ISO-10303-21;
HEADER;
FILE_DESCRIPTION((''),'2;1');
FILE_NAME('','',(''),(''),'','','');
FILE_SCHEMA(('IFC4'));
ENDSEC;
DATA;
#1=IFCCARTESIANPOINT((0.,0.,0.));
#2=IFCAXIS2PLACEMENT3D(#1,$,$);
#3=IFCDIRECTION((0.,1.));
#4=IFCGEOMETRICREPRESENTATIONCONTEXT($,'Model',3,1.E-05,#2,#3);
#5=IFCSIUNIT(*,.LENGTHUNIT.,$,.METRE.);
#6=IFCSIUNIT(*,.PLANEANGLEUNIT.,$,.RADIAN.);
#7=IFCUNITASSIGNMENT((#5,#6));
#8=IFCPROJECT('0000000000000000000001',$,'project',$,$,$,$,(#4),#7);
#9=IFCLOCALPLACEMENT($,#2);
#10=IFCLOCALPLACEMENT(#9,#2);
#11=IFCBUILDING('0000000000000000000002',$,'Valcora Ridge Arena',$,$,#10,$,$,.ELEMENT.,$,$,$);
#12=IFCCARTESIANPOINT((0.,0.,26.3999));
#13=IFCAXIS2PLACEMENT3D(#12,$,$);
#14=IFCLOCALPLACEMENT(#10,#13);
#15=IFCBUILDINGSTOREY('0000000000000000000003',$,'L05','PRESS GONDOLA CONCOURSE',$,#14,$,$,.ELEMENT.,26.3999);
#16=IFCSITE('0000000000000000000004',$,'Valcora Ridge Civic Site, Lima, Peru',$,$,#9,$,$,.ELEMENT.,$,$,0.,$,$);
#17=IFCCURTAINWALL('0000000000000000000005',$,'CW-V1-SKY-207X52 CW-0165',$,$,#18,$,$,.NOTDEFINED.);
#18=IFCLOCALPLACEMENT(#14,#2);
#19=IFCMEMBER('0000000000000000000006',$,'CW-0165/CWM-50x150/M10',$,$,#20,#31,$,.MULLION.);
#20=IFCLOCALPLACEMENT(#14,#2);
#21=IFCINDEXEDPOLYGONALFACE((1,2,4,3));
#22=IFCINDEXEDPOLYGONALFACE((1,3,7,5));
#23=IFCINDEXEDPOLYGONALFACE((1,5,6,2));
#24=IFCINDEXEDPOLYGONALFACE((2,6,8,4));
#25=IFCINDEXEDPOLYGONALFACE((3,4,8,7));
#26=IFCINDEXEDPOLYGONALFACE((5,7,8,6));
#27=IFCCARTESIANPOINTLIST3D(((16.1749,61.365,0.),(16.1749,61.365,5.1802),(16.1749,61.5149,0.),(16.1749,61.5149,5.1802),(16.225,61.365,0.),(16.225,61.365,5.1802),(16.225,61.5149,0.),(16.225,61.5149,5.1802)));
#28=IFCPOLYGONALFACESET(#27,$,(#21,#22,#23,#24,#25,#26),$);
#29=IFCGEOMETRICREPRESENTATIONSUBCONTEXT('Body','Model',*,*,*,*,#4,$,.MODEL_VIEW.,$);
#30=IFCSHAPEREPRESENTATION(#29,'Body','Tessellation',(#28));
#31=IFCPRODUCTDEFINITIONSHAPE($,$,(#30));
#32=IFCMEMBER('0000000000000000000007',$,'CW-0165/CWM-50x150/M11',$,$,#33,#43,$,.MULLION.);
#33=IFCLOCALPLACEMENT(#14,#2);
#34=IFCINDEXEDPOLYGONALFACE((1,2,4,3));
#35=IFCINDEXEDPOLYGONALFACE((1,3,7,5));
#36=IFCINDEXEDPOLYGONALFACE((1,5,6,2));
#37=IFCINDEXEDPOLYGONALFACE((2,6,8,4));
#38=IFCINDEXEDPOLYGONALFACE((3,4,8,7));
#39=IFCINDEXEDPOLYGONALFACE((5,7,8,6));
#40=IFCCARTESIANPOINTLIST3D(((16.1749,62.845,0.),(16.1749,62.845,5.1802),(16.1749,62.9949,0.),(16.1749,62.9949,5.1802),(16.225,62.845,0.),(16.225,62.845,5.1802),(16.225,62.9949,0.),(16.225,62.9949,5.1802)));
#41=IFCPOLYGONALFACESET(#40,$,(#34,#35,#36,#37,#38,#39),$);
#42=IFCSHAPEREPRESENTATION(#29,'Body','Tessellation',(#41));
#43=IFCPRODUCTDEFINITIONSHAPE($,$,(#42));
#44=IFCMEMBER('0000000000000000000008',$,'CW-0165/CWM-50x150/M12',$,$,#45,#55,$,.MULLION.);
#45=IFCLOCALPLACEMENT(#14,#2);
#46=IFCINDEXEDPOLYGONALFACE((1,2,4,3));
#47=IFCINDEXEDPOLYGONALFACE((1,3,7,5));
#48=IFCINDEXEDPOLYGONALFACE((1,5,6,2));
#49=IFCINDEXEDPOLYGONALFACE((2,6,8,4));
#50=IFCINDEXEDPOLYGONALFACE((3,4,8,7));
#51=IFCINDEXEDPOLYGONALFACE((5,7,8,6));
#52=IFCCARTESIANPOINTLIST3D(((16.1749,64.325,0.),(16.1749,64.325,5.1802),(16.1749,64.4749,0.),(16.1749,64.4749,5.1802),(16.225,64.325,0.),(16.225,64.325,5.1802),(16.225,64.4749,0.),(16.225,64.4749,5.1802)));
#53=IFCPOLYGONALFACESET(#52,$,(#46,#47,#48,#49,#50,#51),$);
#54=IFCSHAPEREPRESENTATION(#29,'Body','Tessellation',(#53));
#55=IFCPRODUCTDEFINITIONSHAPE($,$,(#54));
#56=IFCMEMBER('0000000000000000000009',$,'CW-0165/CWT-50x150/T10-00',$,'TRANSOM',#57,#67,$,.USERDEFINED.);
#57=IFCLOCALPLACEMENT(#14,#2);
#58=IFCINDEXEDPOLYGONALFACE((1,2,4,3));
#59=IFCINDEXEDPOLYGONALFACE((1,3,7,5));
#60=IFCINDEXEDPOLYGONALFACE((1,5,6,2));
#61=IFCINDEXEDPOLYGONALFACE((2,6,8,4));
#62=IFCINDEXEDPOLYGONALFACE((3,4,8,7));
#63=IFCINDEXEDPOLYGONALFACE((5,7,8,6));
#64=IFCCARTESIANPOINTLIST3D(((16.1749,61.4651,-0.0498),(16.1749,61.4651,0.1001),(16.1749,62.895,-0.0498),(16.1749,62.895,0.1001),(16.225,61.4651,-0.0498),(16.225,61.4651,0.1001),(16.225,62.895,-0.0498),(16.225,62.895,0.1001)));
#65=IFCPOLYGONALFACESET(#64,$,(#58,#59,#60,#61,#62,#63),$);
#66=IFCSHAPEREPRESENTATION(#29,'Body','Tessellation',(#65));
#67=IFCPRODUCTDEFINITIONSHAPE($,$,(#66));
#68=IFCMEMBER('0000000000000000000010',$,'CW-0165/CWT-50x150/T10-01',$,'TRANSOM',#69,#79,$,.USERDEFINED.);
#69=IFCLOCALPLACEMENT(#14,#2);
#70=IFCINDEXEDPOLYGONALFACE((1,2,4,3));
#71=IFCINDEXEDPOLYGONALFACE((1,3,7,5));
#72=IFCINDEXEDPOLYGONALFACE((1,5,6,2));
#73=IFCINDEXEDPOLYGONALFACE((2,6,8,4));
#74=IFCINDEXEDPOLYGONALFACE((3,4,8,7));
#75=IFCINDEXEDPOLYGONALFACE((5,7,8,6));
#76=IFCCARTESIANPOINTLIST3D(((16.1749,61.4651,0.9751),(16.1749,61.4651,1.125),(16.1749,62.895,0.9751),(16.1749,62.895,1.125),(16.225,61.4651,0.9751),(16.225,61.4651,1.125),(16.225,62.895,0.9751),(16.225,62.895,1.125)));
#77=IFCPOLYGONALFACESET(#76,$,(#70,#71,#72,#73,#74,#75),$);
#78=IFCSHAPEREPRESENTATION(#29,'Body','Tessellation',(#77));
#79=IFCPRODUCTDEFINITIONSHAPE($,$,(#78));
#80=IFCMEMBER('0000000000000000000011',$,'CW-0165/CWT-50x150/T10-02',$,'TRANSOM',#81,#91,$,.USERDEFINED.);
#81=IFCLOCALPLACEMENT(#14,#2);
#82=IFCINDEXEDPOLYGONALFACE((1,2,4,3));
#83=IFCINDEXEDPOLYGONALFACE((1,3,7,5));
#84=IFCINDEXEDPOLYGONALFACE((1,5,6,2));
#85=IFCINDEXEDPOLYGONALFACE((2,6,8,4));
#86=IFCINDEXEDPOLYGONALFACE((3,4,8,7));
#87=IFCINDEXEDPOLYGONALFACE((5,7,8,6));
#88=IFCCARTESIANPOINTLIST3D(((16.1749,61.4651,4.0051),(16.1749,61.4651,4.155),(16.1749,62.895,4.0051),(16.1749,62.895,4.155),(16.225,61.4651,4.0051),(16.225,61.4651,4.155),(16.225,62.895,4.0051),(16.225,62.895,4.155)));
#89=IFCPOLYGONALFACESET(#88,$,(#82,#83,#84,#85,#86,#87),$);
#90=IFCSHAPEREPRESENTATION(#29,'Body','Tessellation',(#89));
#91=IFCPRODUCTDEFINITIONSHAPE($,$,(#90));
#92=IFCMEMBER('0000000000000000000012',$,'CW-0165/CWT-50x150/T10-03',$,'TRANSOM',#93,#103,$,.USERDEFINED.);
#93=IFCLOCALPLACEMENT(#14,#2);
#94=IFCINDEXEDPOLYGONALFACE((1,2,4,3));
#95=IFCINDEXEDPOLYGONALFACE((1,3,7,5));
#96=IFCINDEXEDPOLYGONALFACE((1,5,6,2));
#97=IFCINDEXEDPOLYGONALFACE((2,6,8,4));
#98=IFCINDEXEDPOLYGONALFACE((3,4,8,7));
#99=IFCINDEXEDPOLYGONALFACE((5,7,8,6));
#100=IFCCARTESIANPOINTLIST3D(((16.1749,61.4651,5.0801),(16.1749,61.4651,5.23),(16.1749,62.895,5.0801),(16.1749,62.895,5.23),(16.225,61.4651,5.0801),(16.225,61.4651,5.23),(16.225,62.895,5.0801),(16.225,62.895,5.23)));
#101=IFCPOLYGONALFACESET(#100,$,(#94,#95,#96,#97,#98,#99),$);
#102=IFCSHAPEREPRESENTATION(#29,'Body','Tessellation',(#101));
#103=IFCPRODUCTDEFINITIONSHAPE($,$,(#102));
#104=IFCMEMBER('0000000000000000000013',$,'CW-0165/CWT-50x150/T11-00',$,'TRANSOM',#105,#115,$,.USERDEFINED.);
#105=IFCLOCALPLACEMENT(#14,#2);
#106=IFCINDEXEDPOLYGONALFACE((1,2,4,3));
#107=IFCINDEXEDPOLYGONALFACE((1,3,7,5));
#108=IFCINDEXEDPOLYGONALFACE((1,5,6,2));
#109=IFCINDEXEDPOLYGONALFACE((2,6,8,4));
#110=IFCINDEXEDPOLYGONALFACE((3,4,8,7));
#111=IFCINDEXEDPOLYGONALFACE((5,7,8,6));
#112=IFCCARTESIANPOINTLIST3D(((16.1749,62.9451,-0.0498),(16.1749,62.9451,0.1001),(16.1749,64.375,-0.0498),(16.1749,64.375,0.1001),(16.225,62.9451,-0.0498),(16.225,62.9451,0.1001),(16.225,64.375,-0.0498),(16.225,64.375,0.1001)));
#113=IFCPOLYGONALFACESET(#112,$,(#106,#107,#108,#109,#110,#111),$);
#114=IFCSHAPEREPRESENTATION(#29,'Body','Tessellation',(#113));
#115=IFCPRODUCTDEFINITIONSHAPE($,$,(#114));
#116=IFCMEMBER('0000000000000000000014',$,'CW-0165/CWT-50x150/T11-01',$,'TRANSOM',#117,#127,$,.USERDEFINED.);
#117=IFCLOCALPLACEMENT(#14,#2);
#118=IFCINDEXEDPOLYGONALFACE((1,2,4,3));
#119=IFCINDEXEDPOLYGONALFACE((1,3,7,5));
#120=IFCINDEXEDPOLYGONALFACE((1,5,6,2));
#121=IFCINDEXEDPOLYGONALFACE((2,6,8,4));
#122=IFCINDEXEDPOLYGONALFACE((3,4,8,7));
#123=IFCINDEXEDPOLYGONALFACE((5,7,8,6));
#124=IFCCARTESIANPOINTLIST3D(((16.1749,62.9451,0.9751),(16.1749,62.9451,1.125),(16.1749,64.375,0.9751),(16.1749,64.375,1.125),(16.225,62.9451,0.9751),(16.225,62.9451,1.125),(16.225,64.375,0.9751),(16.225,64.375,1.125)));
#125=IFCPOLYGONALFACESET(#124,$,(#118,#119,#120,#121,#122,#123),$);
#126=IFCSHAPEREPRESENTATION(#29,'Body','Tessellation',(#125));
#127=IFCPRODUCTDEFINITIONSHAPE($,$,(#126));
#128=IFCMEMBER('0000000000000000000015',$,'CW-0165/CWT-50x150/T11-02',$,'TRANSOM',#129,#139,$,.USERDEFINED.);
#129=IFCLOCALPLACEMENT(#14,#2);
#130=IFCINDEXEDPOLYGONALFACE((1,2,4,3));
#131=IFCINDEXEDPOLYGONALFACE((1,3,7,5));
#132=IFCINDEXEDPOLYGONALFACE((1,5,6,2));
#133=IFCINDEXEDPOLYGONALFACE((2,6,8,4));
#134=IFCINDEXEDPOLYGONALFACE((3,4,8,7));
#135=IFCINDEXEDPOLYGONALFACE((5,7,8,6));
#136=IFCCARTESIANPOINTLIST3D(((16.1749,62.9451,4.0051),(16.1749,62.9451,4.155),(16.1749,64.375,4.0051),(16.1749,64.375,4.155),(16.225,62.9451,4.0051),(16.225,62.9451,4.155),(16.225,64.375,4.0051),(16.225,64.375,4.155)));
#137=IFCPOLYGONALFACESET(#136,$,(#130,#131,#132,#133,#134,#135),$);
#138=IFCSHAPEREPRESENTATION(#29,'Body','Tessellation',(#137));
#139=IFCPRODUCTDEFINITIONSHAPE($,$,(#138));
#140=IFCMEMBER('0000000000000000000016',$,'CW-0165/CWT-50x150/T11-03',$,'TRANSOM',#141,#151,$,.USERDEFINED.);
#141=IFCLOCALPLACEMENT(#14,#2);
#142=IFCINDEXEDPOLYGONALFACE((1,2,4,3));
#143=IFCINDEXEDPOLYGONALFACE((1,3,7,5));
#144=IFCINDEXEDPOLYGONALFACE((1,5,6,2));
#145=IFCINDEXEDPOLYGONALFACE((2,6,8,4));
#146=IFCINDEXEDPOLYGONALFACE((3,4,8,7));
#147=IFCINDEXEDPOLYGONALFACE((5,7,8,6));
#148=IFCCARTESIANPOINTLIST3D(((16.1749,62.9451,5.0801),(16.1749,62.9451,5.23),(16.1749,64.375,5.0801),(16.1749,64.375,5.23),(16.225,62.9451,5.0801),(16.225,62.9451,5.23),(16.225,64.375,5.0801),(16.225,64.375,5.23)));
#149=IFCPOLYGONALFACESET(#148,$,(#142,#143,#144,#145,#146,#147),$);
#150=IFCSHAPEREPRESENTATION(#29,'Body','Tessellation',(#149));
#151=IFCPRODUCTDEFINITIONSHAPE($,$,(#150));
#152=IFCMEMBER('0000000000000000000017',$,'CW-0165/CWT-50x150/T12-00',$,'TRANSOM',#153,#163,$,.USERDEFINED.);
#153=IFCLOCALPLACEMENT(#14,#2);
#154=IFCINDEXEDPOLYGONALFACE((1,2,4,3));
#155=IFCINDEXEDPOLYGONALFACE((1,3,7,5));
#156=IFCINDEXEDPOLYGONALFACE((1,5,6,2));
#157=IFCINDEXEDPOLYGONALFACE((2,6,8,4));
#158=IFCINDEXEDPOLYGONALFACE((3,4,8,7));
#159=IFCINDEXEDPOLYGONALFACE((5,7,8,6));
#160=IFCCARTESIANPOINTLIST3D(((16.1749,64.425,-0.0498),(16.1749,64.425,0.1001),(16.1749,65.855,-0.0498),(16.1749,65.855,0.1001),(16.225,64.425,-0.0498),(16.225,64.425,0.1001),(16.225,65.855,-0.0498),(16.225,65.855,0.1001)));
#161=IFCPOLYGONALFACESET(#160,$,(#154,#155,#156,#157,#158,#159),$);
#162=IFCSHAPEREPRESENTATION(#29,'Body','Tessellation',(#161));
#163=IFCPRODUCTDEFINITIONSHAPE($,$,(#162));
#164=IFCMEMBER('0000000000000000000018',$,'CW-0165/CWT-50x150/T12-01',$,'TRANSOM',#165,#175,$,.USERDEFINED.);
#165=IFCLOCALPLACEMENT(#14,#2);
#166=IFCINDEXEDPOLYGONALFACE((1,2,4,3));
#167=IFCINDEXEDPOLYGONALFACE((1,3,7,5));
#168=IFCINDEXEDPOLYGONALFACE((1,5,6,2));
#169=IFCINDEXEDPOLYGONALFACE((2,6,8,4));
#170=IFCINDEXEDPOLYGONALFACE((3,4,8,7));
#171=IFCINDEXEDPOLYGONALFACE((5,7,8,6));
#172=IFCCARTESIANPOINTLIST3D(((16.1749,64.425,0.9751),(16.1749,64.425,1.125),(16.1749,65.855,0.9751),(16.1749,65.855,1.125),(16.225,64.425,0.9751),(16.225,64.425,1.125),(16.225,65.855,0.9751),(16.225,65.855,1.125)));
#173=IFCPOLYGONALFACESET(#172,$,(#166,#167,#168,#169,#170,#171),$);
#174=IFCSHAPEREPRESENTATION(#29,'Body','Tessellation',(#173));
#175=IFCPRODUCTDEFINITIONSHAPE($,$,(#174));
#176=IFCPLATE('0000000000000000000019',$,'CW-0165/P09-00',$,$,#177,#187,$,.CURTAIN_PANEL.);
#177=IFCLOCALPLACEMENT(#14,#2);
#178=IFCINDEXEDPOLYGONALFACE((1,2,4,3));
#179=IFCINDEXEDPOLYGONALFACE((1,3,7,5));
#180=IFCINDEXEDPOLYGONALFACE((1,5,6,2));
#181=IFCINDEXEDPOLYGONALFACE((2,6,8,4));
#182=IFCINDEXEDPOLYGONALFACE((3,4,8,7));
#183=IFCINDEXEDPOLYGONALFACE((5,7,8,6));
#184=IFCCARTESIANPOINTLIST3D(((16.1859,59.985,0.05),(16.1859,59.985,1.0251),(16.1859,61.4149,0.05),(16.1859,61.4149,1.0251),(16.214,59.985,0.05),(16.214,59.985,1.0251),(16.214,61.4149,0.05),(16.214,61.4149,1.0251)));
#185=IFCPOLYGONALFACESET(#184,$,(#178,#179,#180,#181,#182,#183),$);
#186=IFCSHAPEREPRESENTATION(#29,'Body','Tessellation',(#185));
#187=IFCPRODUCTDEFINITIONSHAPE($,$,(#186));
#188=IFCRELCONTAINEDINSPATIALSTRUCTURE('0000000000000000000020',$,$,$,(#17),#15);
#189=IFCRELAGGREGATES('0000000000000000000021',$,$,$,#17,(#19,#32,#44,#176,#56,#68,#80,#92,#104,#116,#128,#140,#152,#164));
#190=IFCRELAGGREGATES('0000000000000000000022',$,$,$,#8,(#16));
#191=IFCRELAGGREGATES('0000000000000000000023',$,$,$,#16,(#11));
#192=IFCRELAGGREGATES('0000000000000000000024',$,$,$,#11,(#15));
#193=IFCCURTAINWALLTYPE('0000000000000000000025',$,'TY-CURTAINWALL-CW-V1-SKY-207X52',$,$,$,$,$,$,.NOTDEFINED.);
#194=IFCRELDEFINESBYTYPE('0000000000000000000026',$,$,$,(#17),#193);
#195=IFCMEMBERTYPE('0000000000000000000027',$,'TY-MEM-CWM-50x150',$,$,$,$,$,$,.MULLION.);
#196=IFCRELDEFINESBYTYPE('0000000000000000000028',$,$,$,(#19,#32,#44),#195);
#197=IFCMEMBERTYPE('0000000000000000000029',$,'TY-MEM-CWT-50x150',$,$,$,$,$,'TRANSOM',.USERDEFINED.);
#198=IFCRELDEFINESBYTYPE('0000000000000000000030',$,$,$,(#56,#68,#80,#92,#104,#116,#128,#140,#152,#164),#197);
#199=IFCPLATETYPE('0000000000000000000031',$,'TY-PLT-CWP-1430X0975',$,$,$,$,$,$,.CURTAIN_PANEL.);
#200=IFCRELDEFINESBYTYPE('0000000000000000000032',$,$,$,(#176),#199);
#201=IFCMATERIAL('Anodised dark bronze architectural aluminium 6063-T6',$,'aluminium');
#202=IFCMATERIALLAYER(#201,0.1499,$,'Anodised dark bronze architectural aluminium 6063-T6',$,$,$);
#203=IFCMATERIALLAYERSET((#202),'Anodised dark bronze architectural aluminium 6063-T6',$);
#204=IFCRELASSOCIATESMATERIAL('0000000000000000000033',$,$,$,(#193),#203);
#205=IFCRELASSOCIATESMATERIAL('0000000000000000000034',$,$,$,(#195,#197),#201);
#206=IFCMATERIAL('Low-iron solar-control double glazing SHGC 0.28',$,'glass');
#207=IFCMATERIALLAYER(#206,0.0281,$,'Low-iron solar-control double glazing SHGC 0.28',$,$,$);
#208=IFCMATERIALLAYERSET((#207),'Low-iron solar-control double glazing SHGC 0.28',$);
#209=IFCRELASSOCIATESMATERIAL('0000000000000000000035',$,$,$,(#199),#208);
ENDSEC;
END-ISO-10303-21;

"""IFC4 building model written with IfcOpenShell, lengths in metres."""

from ifc_helpers import new_model, si_unit, direction, frame, origin, origin_2d, place, context, subcontext, project, spatial, rectangle, extrude, material, layer, layer_set, material_profile, profile_set, type_object, element, aggregate, save


model = new_model("IFC4")

# Units and contexts
model_context = context("Model", 3, precision=1e-05, world=origin(), true_north=direction((0.0, 1.0)))
body_context = subcontext(model_context, "Body", "Model", "MODEL_VIEW")
ifc_project = project(units=[si_unit("LENGTHUNIT", "METRE"), si_unit("PLANEANGLEUNIT", "RADIAN")], contexts=[model_context])

# Site, building, storey
site_placement = place(None, origin())
site = spatial("IfcSite", under=ifc_project, at=site_placement, Name="Valcora Ridge Civic Site, Lima, Peru", CompositionType="ELEMENT", RefElevation=0.0)
building_placement = place(site_placement, origin())
building = spatial("IfcBuilding", under=site, at=building_placement, Name="Valcora Ridge Arena", CompositionType="ELEMENT")
storey_placement = place(building_placement, frame((0.0, 0.0, 26.3999)))
storey = spatial("IfcBuildingStorey", under=building, at=storey_placement, Name="L05", Description="PRESS GONDOLA CONCOURSE", CompositionType="ELEMENT", Elevation=26.3999)

# Curtain wall, members, plate
ifc_material_1 = material(Name="Anodised dark bronze architectural aluminium 6063-T6", Category="aluminium")
ifc_layer_1 = layer(ifc_material_1, 0.1499, Name="Anodised dark bronze architectural aluminium 6063-T6")
ifc_layer_set_1 = layer_set([ifc_layer_1], Name="Anodised dark bronze architectural aluminium 6063-T6")
curtain_wall_type = type_object("IfcCurtainWallType", Name="TY-CURTAINWALL-CW-V1-SKY-207X52", PredefinedType="NOTDEFINED", material=ifc_layer_set_1)
curtain_wall_placement = place(storey_placement, origin())
curtain_wall = element("IfcCurtainWall", 1, at=curtain_wall_placement, inside=storey, type_object=curtain_wall_type, Name="CW-V1-SKY-207X52 CW-0165", PredefinedType="NOTDEFINED")
ifc_material_profile_1 = material_profile(ifc_material_1, rectangle(XDim=0.05, YDim=0.1499, at=origin_2d()), Name="ALU MULLION 50x150")
ifc_profile_set_1 = profile_set([ifc_material_profile_1], Name="Anodised dark bronze architectural aluminium 6063-T6")
member_type_1 = type_object("IfcMemberType", Name="TY-MEM-CWM-50x150", PredefinedType="MULLION", material=ifc_profile_set_1)
member_1_placement = place(storey_placement, frame((16.2, 61.4399, 0.0), z_axis=(0.0, 0.0, 1.0), x_axis=(-1.0, 0.0, 0.0)))
member_1 = element("IfcMember", 2, at=member_1_placement, type_object=member_type_1, Name="CW-0165/CWM-50x150/M10", PredefinedType="MULLION", context=body_context, shape_type="SweptSolid", body=[
    extrude(rectangle(XDim=0.05, YDim=0.1499, at=origin_2d()), origin(), (0.0, 0.0, 1.0), 5.1802),
])
member_2_placement = place(storey_placement, frame((16.2, 62.9199, 0.0), z_axis=(0.0, 0.0, 1.0), x_axis=(-1.0, 0.0, 0.0)))
member_2 = element("IfcMember", 3, at=member_2_placement, type_object=member_type_1, Name="CW-0165/CWM-50x150/M11", PredefinedType="MULLION", context=body_context, shape_type="SweptSolid", body=[
    extrude(rectangle(XDim=0.05, YDim=0.1499, at=origin_2d()), origin(), (0.0, 0.0, 1.0), 5.1802),
])
member_3_placement = place(storey_placement, frame((16.2, 64.3999, 0.0), z_axis=(0.0, 0.0, 1.0), x_axis=(-1.0, 0.0, 0.0)))
member_3 = element("IfcMember", 4, at=member_3_placement, type_object=member_type_1, Name="CW-0165/CWM-50x150/M12", PredefinedType="MULLION", context=body_context, shape_type="SweptSolid", body=[
    extrude(rectangle(XDim=0.05, YDim=0.1499, at=origin_2d()), origin(), (0.0, 0.0, 1.0), 5.1802),
])
ifc_material_profile_2 = material_profile(ifc_material_1, rectangle(XDim=0.05, YDim=0.1499, at=origin_2d()), Name="ALU TRANSOM 50x150")
ifc_profile_set_2 = profile_set([ifc_material_profile_2], Name="Anodised dark bronze architectural aluminium 6063-T6")
member_type_2 = type_object("IfcMemberType", Name="TY-MEM-CWT-50x150", ElementType="TRANSOM", PredefinedType="USERDEFINED", material=ifc_profile_set_2)
member_4_placement = place(storey_placement, frame((16.2, 61.4651, 0.0251), z_axis=(0.0, 1.0, 0.0), x_axis=(-1.0, 0.0, 0.0)))
member_4 = element("IfcMember", 5, at=member_4_placement, type_object=member_type_2, Name="CW-0165/CWT-50x150/T10-00", ObjectType="TRANSOM", PredefinedType="USERDEFINED", context=body_context, shape_type="SweptSolid", body=[
    extrude(rectangle(XDim=0.05, YDim=0.1499, at=origin_2d()), origin(), (0.0, 0.0, 1.0), 1.4299),
])
member_5_placement = place(storey_placement, frame((16.2, 61.4651, 1.05), z_axis=(0.0, 1.0, 0.0), x_axis=(-1.0, 0.0, 0.0)))
member_5 = element("IfcMember", 6, at=member_5_placement, type_object=member_type_2, Name="CW-0165/CWT-50x150/T10-01", ObjectType="TRANSOM", PredefinedType="USERDEFINED", context=body_context, shape_type="SweptSolid", body=[
    extrude(rectangle(XDim=0.05, YDim=0.1499, at=origin_2d()), origin(), (0.0, 0.0, 1.0), 1.4299),
])
member_6_placement = place(storey_placement, frame((16.2, 61.4651, 4.0801), z_axis=(0.0, 1.0, 0.0), x_axis=(-1.0, 0.0, 0.0)))
member_6 = element("IfcMember", 7, at=member_6_placement, type_object=member_type_2, Name="CW-0165/CWT-50x150/T10-02", ObjectType="TRANSOM", PredefinedType="USERDEFINED", context=body_context, shape_type="SweptSolid", body=[
    extrude(rectangle(XDim=0.05, YDim=0.1499, at=origin_2d()), origin(), (0.0, 0.0, 1.0), 1.4299),
])
member_7_placement = place(storey_placement, frame((16.2, 61.4651, 5.155), z_axis=(0.0, 1.0, 0.0), x_axis=(-1.0, 0.0, 0.0)))
member_7 = element("IfcMember", 8, at=member_7_placement, type_object=member_type_2, Name="CW-0165/CWT-50x150/T10-03", ObjectType="TRANSOM", PredefinedType="USERDEFINED", context=body_context, shape_type="SweptSolid", body=[
    extrude(rectangle(XDim=0.05, YDim=0.1499, at=origin_2d()), origin(), (0.0, 0.0, 1.0), 1.4299),
])
member_8_placement = place(storey_placement, frame((16.2, 62.9451, 0.0251), z_axis=(0.0, 1.0, 0.0), x_axis=(-1.0, 0.0, 0.0)))
member_8 = element("IfcMember", 9, at=member_8_placement, type_object=member_type_2, Name="CW-0165/CWT-50x150/T11-00", ObjectType="TRANSOM", PredefinedType="USERDEFINED", context=body_context, shape_type="SweptSolid", body=[
    extrude(rectangle(XDim=0.05, YDim=0.1499, at=origin_2d()), origin(), (0.0, 0.0, 1.0), 1.4299),
])
member_9_placement = place(storey_placement, frame((16.2, 62.9451, 1.05), z_axis=(0.0, 1.0, 0.0), x_axis=(-1.0, 0.0, 0.0)))
member_9 = element("IfcMember", 10, at=member_9_placement, type_object=member_type_2, Name="CW-0165/CWT-50x150/T11-01", ObjectType="TRANSOM", PredefinedType="USERDEFINED", context=body_context, shape_type="SweptSolid", body=[
    extrude(rectangle(XDim=0.05, YDim=0.1499, at=origin_2d()), origin(), (0.0, 0.0, 1.0), 1.4299),
])
member_10_placement = place(storey_placement, frame((16.2, 62.9451, 4.0801), z_axis=(0.0, 1.0, 0.0), x_axis=(-1.0, 0.0, 0.0)))
member_10 = element("IfcMember", 11, at=member_10_placement, type_object=member_type_2, Name="CW-0165/CWT-50x150/T11-02", ObjectType="TRANSOM", PredefinedType="USERDEFINED", context=body_context, shape_type="SweptSolid", body=[
    extrude(rectangle(XDim=0.05, YDim=0.1499, at=origin_2d()), origin(), (0.0, 0.0, 1.0), 1.4299),
])
member_11_placement = place(storey_placement, frame((16.2, 62.9451, 5.155), z_axis=(0.0, 1.0, 0.0), x_axis=(-1.0, 0.0, 0.0)))
member_11 = element("IfcMember", 12, at=member_11_placement, type_object=member_type_2, Name="CW-0165/CWT-50x150/T11-03", ObjectType="TRANSOM", PredefinedType="USERDEFINED", context=body_context, shape_type="SweptSolid", body=[
    extrude(rectangle(XDim=0.05, YDim=0.1499, at=origin_2d()), origin(), (0.0, 0.0, 1.0), 1.4299),
])
member_12_placement = place(storey_placement, frame((16.2, 64.425, 0.0251), z_axis=(0.0, 1.0, 0.0), x_axis=(-1.0, 0.0, 0.0)))
member_12 = element("IfcMember", 13, at=member_12_placement, type_object=member_type_2, Name="CW-0165/CWT-50x150/T12-00", ObjectType="TRANSOM", PredefinedType="USERDEFINED", context=body_context, shape_type="SweptSolid", body=[
    extrude(rectangle(XDim=0.05, YDim=0.1499, at=origin_2d()), origin(), (0.0, 0.0, 1.0), 1.4299),
])
member_13_placement = place(storey_placement, frame((16.2, 64.425, 1.05), z_axis=(0.0, 1.0, 0.0), x_axis=(-1.0, 0.0, 0.0)))
member_13 = element("IfcMember", 14, at=member_13_placement, type_object=member_type_2, Name="CW-0165/CWT-50x150/T12-01", ObjectType="TRANSOM", PredefinedType="USERDEFINED", context=body_context, shape_type="SweptSolid", body=[
    extrude(rectangle(XDim=0.05, YDim=0.1499, at=origin_2d()), origin(), (0.0, 0.0, 1.0), 1.4299),
])
ifc_material_2 = material(Name="Low-iron solar-control double glazing SHGC 0.28", Category="glass")
ifc_layer_2 = layer(ifc_material_2, 0.0281, Name="Low-iron solar-control double glazing SHGC 0.28")
ifc_layer_set_2 = layer_set([ifc_layer_2], Name="Low-iron solar-control double glazing SHGC 0.28")
plate_type_1 = type_object("IfcPlateType", Name="TY-PLT-CWP-1430X0975", PredefinedType="CURTAIN_PANEL", material=ifc_layer_set_2)
plate_1_placement = place(storey_placement, frame((16.2, 60.7, 0.05), z_axis=(0.0, 0.0, 1.0), x_axis=(0.0, 1.0, 0.0)))
plate_1 = element("IfcPlate", 15, at=plate_1_placement, type_object=plate_type_1, Name="CW-0165/P09-00", PredefinedType="CURTAIN_PANEL", context=body_context, shape_type="SweptSolid", body=[
    extrude(rectangle(XDim=1.4299, YDim=0.0281, at=origin_2d()), origin(), (0.0, 0.0, 1.0), 0.9751),
])
aggregate(curtain_wall, [member_1, member_2, member_3, plate_1, member_4, member_5, member_6, member_7, member_8, member_9, member_10, member_11, member_12, member_13])

save(model, "model.ifc")
